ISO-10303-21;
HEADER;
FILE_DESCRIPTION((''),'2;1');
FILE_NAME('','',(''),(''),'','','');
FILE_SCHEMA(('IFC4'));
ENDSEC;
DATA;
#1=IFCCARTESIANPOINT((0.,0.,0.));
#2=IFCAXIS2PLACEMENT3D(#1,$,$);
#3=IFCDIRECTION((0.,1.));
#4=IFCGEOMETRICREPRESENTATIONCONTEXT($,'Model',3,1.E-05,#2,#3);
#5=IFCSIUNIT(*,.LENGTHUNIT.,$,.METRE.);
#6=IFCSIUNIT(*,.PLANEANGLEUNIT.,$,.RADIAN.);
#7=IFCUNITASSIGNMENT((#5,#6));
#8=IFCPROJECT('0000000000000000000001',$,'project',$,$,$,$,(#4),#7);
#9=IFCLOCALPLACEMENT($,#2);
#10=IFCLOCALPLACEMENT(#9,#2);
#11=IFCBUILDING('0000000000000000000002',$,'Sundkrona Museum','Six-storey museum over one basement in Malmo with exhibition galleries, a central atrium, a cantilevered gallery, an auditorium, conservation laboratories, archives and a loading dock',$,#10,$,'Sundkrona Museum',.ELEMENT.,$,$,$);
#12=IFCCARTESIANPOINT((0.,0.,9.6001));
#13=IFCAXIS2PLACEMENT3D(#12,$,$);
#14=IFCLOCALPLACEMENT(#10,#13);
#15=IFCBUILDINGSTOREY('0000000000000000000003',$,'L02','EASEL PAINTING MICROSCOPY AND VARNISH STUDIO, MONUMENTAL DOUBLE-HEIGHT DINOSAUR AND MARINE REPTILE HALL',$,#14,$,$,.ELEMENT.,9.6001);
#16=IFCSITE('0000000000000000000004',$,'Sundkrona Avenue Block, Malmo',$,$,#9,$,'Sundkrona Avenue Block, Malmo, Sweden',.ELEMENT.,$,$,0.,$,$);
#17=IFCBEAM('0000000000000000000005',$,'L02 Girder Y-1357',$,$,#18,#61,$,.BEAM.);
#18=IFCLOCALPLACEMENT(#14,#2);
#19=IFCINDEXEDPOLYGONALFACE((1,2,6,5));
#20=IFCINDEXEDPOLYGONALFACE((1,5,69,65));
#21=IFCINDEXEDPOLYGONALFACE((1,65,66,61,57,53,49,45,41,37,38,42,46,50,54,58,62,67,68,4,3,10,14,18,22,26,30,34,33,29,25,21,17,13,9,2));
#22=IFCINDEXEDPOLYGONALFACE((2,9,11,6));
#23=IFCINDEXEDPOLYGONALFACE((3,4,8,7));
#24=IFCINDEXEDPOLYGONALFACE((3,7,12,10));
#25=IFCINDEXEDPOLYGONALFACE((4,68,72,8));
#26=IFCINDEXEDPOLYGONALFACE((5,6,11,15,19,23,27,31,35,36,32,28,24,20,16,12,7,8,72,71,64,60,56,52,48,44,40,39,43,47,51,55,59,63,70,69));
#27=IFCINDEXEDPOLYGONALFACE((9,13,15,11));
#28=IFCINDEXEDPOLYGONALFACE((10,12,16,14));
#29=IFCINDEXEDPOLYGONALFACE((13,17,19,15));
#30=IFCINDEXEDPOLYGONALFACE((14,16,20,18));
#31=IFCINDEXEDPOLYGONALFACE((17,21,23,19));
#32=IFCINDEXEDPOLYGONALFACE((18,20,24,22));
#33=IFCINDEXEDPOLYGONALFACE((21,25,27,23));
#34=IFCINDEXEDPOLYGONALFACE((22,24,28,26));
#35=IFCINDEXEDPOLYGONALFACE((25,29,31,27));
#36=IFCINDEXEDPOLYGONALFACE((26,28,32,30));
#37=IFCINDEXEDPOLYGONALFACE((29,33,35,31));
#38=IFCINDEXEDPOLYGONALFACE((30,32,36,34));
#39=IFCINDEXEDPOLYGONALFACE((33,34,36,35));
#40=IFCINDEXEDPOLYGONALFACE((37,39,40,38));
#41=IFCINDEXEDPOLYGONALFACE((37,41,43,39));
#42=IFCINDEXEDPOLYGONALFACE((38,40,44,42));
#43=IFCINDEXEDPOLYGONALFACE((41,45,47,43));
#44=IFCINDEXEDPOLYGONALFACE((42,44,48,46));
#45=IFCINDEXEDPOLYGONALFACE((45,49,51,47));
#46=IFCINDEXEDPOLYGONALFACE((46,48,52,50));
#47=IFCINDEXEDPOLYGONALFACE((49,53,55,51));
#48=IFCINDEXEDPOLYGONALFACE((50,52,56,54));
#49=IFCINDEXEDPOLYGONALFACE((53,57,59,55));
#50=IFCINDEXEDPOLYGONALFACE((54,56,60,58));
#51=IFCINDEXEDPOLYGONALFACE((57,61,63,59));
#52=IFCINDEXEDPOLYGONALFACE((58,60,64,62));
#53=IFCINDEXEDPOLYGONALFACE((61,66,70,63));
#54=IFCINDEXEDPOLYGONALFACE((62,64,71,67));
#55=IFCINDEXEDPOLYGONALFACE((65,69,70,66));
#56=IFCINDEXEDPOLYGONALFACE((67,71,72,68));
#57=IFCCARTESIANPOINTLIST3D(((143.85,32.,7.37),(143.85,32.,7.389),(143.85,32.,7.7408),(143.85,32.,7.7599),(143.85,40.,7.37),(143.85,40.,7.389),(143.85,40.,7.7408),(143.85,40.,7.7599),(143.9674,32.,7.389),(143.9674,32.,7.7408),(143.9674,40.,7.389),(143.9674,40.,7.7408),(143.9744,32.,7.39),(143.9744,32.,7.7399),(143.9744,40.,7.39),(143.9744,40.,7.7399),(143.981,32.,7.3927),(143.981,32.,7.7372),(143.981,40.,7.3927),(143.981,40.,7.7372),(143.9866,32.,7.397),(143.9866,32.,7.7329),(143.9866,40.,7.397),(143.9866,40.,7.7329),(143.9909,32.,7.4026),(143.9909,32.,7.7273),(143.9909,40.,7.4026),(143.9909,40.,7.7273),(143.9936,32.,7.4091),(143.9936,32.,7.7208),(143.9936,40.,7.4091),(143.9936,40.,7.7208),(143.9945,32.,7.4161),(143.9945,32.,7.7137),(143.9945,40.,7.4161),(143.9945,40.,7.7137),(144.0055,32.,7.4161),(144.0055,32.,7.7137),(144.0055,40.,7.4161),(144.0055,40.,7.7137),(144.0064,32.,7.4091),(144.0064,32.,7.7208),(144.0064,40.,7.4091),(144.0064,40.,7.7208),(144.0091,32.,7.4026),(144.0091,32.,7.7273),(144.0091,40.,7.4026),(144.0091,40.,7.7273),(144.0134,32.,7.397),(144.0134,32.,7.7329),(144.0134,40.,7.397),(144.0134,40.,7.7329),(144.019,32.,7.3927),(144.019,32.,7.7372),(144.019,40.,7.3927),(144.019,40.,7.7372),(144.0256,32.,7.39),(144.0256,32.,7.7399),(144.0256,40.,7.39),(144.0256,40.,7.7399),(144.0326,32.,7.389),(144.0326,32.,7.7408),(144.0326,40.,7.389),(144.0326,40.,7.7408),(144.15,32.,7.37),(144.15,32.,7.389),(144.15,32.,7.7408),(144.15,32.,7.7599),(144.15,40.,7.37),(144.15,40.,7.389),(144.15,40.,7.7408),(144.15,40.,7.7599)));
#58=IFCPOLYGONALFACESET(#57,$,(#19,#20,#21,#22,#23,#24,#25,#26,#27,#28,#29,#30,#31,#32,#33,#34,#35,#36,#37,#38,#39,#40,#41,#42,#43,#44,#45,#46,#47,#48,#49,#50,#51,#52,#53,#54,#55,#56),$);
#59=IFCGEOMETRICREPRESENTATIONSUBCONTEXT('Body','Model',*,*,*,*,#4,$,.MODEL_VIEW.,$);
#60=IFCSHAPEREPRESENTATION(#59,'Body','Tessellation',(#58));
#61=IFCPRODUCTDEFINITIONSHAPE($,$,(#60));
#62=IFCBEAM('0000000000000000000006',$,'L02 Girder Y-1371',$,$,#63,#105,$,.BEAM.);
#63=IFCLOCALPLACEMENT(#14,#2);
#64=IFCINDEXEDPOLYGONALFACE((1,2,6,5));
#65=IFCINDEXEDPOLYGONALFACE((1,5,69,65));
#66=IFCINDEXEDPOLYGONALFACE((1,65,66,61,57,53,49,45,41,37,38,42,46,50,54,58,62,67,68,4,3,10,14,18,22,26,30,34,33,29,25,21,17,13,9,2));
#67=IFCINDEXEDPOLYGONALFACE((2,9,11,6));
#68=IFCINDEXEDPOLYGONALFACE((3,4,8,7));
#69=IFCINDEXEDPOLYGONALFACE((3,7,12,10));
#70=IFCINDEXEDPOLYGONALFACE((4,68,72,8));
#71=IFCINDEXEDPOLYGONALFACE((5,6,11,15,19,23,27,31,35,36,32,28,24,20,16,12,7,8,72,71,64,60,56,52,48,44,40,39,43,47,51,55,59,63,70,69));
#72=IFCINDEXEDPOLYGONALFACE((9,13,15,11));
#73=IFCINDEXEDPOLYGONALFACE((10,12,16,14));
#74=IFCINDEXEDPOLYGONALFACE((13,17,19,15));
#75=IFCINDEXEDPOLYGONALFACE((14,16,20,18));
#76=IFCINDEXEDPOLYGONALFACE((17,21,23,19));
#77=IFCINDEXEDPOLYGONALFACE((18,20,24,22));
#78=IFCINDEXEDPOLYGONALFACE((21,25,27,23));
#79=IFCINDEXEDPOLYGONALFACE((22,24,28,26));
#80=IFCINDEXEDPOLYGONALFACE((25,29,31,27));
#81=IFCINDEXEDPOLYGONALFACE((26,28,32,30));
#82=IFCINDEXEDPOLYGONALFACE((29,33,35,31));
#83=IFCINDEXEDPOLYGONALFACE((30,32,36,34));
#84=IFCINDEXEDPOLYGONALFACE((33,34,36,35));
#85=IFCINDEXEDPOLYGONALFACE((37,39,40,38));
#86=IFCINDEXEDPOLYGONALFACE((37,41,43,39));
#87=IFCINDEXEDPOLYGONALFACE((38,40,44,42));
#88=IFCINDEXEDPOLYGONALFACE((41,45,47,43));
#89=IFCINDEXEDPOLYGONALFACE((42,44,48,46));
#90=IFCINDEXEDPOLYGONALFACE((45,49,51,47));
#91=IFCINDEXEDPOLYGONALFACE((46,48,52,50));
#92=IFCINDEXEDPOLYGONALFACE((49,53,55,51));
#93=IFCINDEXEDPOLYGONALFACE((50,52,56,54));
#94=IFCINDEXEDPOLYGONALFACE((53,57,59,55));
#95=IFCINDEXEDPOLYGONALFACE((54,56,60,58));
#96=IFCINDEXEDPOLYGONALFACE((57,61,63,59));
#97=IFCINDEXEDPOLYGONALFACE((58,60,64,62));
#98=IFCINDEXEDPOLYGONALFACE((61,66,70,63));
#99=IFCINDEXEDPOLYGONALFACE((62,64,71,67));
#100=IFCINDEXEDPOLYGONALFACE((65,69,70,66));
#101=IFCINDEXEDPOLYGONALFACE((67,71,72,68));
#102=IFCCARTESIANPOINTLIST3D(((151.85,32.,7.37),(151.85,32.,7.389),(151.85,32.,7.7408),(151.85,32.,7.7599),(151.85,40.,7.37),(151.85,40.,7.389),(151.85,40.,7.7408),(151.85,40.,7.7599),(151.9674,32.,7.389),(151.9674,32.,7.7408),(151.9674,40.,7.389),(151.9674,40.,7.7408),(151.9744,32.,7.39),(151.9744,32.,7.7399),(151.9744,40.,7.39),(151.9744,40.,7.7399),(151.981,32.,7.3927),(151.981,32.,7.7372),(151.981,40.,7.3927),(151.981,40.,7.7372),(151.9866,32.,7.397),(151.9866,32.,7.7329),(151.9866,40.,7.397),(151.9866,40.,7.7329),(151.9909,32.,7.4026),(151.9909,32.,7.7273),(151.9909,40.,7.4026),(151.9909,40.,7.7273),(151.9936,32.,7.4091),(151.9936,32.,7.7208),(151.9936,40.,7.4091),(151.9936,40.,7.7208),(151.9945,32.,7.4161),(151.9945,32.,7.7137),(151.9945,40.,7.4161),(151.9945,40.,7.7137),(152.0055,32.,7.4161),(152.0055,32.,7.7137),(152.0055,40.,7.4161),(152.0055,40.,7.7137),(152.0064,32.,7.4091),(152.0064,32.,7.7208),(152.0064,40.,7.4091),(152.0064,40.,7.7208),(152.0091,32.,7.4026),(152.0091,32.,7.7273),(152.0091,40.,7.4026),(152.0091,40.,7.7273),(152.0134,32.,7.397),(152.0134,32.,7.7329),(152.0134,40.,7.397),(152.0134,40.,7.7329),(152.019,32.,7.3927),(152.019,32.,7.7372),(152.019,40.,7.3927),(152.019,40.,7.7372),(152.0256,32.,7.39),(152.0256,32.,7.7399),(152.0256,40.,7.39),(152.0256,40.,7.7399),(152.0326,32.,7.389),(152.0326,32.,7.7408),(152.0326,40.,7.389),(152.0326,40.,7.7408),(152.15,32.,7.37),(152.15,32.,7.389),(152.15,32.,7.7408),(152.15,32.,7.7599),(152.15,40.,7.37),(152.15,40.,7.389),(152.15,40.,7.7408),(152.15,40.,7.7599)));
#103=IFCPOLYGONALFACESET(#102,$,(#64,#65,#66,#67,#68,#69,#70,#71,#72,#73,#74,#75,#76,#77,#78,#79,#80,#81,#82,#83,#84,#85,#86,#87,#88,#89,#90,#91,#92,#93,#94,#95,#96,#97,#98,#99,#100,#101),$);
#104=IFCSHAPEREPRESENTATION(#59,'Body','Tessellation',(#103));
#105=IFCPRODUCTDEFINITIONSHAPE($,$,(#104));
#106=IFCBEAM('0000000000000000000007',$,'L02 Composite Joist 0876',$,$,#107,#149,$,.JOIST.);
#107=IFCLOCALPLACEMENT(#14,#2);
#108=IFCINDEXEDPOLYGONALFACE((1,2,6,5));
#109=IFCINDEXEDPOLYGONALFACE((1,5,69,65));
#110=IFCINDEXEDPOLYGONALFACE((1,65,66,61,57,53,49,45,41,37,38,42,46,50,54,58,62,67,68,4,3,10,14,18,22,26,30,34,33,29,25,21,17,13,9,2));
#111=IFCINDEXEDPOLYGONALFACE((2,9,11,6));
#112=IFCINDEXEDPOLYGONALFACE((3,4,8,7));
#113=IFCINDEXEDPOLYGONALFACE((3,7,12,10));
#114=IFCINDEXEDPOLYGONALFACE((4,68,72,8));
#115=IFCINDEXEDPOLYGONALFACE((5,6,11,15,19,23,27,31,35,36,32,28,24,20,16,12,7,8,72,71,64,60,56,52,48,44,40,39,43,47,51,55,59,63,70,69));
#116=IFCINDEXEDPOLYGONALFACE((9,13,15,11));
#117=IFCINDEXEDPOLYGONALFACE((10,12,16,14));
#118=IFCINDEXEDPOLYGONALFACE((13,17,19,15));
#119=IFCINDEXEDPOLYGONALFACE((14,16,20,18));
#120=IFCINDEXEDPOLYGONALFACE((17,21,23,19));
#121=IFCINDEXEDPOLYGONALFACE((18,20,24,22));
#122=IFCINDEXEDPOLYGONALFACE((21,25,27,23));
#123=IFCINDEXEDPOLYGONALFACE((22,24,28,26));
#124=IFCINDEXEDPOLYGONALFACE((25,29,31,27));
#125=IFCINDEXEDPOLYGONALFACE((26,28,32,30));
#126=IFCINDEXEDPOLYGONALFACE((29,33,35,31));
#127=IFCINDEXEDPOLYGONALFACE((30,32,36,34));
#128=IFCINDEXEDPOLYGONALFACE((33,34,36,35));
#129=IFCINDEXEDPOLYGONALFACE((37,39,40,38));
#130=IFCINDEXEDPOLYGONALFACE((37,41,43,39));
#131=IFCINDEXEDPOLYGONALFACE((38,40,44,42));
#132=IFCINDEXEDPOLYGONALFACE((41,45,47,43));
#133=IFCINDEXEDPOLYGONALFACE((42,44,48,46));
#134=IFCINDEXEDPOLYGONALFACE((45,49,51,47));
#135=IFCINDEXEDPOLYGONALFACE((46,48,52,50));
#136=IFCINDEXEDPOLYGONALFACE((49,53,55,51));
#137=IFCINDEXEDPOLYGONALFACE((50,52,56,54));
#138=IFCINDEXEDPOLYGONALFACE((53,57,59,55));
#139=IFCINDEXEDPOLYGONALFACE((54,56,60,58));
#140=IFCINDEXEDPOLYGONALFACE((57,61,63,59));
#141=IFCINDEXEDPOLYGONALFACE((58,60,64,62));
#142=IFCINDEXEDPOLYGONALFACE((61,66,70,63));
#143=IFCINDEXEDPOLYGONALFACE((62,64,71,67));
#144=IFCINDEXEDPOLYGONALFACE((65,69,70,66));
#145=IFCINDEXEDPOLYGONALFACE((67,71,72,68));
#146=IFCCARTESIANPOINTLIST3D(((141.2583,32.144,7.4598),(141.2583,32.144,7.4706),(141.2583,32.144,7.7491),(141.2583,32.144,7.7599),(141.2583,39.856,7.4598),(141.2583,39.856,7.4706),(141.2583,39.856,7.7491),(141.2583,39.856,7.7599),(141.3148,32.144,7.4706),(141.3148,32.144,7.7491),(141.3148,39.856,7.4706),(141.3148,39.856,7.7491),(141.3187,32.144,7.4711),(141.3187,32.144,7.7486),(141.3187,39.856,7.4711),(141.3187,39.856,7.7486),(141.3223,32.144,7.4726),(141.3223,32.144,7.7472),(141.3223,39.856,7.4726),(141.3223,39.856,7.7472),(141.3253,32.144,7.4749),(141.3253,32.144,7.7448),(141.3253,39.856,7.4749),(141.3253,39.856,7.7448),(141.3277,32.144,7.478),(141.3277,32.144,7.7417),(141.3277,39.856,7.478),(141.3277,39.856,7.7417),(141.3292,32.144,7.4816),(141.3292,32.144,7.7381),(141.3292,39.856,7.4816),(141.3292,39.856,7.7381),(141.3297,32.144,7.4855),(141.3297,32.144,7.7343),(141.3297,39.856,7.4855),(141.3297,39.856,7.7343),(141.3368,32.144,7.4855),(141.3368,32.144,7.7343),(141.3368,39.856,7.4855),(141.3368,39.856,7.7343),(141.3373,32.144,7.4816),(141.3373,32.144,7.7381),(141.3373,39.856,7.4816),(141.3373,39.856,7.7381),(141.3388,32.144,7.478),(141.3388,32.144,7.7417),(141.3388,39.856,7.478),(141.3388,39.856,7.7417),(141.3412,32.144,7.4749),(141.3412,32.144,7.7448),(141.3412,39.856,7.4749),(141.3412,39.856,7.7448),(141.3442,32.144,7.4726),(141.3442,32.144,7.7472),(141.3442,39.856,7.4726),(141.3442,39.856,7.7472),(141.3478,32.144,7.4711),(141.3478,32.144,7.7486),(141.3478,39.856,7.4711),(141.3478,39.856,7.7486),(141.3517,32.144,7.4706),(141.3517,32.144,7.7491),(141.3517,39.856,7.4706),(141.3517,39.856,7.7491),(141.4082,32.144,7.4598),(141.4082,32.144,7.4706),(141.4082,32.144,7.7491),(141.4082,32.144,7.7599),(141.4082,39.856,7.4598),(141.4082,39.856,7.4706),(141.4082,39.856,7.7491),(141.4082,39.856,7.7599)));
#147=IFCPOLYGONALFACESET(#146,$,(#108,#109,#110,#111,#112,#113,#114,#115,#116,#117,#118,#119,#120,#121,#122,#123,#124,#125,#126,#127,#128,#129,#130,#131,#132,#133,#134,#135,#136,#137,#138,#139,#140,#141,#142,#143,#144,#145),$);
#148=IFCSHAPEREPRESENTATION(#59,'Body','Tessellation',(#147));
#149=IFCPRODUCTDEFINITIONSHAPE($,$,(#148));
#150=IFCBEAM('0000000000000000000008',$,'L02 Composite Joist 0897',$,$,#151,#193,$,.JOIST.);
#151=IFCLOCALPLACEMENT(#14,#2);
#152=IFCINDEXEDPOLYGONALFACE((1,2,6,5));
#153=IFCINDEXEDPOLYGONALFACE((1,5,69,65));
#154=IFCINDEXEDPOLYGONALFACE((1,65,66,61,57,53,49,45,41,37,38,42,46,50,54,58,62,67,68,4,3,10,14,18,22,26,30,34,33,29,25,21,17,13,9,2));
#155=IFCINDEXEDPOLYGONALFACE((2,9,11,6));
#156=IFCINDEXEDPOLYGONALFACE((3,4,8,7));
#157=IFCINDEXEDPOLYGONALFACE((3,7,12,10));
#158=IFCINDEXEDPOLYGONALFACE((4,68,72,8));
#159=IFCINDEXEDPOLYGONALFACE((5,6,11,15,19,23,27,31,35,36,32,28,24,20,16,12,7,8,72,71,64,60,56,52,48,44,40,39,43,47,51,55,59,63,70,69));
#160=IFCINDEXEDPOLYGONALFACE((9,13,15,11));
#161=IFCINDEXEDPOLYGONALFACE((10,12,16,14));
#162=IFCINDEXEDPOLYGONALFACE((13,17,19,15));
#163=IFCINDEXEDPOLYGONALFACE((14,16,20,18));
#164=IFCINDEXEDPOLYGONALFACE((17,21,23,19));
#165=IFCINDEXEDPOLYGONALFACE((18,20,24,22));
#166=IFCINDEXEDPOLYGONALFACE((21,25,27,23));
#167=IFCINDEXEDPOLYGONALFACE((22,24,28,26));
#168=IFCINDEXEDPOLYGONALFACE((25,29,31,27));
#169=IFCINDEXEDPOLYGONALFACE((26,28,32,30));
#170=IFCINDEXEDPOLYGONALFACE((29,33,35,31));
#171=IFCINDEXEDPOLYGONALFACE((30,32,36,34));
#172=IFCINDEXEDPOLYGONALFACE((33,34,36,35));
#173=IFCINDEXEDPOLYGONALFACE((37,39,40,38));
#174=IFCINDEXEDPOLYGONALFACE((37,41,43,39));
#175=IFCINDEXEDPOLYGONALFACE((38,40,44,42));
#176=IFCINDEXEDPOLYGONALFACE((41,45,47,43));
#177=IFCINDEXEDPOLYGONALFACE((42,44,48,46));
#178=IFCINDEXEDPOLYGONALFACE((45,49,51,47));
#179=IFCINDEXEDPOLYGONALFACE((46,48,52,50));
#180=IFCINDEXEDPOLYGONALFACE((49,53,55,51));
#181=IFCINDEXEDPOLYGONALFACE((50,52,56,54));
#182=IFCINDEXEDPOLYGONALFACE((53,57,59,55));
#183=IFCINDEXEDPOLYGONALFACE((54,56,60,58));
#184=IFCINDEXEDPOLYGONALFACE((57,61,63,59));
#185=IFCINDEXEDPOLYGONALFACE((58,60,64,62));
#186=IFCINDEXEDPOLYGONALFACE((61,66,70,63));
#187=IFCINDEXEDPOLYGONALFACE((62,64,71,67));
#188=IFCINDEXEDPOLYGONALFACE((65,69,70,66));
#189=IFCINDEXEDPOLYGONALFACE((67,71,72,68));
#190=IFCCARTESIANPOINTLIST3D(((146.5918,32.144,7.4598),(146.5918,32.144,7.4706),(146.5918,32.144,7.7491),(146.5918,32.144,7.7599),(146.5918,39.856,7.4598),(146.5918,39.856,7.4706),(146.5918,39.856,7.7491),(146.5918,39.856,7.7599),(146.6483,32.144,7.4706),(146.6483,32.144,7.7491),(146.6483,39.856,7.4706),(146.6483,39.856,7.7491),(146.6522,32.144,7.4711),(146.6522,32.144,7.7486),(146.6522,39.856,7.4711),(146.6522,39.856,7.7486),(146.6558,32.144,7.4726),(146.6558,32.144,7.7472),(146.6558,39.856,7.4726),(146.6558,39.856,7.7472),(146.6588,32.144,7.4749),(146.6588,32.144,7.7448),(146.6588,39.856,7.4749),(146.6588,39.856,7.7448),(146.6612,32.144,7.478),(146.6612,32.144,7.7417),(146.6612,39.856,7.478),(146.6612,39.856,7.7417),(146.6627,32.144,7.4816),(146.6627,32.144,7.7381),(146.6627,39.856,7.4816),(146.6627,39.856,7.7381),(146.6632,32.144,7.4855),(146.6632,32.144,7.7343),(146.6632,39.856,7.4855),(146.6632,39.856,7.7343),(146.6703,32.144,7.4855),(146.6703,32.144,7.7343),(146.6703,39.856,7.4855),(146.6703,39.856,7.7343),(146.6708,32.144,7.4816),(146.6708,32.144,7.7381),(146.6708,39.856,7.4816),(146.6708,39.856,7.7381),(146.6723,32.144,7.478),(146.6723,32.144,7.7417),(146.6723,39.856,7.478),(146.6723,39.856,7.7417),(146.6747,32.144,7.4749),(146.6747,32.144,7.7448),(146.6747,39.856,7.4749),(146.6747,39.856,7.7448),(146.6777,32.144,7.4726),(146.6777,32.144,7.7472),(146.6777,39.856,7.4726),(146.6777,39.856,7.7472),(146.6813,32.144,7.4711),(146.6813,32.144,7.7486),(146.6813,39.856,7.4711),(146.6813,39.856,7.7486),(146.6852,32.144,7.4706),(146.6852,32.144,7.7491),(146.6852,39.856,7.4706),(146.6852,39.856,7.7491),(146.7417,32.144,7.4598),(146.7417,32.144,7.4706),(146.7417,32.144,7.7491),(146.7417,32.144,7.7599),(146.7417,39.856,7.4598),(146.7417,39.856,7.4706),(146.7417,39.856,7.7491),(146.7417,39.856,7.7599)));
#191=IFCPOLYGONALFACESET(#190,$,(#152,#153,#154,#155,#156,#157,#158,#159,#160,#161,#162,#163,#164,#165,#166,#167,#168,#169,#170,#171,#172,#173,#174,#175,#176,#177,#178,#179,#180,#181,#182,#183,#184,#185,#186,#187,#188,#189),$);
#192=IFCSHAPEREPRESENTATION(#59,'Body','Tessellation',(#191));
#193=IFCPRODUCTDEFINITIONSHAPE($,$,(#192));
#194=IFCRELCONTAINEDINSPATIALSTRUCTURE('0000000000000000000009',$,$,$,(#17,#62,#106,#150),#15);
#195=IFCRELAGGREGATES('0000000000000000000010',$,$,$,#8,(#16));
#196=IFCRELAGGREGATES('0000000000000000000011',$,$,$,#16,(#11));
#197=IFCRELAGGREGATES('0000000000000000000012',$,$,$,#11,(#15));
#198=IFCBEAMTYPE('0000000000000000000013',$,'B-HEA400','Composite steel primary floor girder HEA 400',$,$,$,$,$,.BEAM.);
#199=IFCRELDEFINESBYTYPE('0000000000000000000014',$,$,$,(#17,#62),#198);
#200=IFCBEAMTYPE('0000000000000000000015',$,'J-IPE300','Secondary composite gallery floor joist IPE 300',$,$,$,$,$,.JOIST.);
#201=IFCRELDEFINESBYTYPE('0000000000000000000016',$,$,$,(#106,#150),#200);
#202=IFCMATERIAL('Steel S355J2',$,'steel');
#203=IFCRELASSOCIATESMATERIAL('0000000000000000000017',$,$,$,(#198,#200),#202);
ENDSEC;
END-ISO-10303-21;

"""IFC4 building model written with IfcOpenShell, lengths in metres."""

from ifc_helpers import new_model, si_unit, direction, frame, origin, origin_2d, place, context, subcontext, project, spatial, i_section, extrude, material, material_profile, profile_set, type_object, element, save


model = new_model("IFC4")

# Units and contexts
model_context = context("Model", 3, precision=1e-05, world=origin(), true_north=direction((0.0, 1.0)))
body_context = subcontext(model_context, "Body", "Model", "MODEL_VIEW")
ifc_project = project(units=[si_unit("LENGTHUNIT", "METRE"), si_unit("PLANEANGLEUNIT", "RADIAN")], contexts=[model_context])

# Site, building, storey
site_placement = place(None, origin())
site = spatial("IfcSite", under=ifc_project, at=site_placement, Name="Sundkrona Avenue Block, Malmo", LongName="Sundkrona Avenue Block, Malmo, Sweden", CompositionType="ELEMENT", RefElevation=0.0)
building_placement = place(site_placement, origin())
building = spatial("IfcBuilding", under=site, at=building_placement, Name="Sundkrona Museum", Description="Six-storey museum over one basement in Malmo with exhibition galleries, a central atrium, a cantilevered gallery, an auditorium, conservation laboratories, archives and a loading dock", LongName="Sundkrona Museum", CompositionType="ELEMENT")
storey_placement = place(building_placement, frame((0.0, 0.0, 9.6001)))
storey = spatial("IfcBuildingStorey", under=building, at=storey_placement, Name="L02", Description="EASEL PAINTING MICROSCOPY AND VARNISH STUDIO, MONUMENTAL DOUBLE-HEIGHT DINOSAUR AND MARINE REPTILE HALL", CompositionType="ELEMENT", Elevation=9.6001)

# Shared definitions
ifc_material_1 = material(Name="Steel S355J2", Category="steel")

# Beams
ifc_material_profile_1 = material_profile(ifc_material_1, i_section(OverallWidth=0.3, OverallDepth=0.3899, WebThickness=0.011, FlangeThickness=0.019, FilletRadius=0.0271, at=origin_2d()), Name="HEA 400")
ifc_profile_set_1 = profile_set([ifc_material_profile_1], Name="Steel S355J2")
beam_type_1 = type_object("IfcBeamType", Name="B-HEA400", Description="Composite steel primary floor girder HEA 400", PredefinedType="BEAM", material=ifc_profile_set_1)
for number, where, z_axis, x_axis, name in (
    (1, (144.0, 32.0, 7.5649), (0.0, 1.0, 0.0), (-1.0, 0.0, 0.0), "L02 Girder Y-1357"),
    (2, (152.0, 32.0, 7.5649), (0.0, 1.0, 0.0), (-1.0, 0.0, 0.0), "L02 Girder Y-1371"),
):
    element("IfcBeam", number, at=place(storey_placement, frame(where, z_axis=z_axis, x_axis=x_axis)), inside=storey, type_object=beam_type_1, Name=name, PredefinedType="BEAM", context=body_context, shape_type="SweptSolid", body=[
        extrude(i_section(OverallWidth=0.3, OverallDepth=0.3899, WebThickness=0.011, FlangeThickness=0.019, FilletRadius=0.0271, at=origin_2d()), origin(), (0.0, 0.0, 1.0), 8.0),
    ])
ifc_material_profile_2 = material_profile(ifc_material_1, i_section(OverallWidth=0.1499, OverallDepth=0.3, WebThickness=0.0071, FlangeThickness=0.0107, FilletRadius=0.0149, at=origin_2d()), Name="IPE 300")
ifc_profile_set_2 = profile_set([ifc_material_profile_2], Name="Steel S355J2")
beam_type_2 = type_object("IfcBeamType", Name="J-IPE300", Description="Secondary composite gallery floor joist IPE 300", PredefinedType="JOIST", material=ifc_profile_set_2)
for number, where, z_axis, x_axis, name in (
    (3, (141.3333, 32.144, 7.6099), (0.0, 1.0, 0.0), (-1.0, 0.0, 0.0), "L02 Composite Joist 0876"),
    (4, (146.6667, 32.144, 7.6099), (0.0, 1.0, 0.0), (-1.0, 0.0, 0.0), "L02 Composite Joist 0897"),
):
    element("IfcBeam", number, at=place(storey_placement, frame(where, z_axis=z_axis, x_axis=x_axis)), inside=storey, type_object=beam_type_2, Name=name, PredefinedType="JOIST", context=body_context, shape_type="SweptSolid", body=[
        extrude(i_section(OverallWidth=0.1499, OverallDepth=0.3, WebThickness=0.0071, FlangeThickness=0.0107, FilletRadius=0.0149, at=origin_2d()), origin(), (0.0, 0.0, 1.0), 7.7119),
    ])

save(model, "model.ifc")
